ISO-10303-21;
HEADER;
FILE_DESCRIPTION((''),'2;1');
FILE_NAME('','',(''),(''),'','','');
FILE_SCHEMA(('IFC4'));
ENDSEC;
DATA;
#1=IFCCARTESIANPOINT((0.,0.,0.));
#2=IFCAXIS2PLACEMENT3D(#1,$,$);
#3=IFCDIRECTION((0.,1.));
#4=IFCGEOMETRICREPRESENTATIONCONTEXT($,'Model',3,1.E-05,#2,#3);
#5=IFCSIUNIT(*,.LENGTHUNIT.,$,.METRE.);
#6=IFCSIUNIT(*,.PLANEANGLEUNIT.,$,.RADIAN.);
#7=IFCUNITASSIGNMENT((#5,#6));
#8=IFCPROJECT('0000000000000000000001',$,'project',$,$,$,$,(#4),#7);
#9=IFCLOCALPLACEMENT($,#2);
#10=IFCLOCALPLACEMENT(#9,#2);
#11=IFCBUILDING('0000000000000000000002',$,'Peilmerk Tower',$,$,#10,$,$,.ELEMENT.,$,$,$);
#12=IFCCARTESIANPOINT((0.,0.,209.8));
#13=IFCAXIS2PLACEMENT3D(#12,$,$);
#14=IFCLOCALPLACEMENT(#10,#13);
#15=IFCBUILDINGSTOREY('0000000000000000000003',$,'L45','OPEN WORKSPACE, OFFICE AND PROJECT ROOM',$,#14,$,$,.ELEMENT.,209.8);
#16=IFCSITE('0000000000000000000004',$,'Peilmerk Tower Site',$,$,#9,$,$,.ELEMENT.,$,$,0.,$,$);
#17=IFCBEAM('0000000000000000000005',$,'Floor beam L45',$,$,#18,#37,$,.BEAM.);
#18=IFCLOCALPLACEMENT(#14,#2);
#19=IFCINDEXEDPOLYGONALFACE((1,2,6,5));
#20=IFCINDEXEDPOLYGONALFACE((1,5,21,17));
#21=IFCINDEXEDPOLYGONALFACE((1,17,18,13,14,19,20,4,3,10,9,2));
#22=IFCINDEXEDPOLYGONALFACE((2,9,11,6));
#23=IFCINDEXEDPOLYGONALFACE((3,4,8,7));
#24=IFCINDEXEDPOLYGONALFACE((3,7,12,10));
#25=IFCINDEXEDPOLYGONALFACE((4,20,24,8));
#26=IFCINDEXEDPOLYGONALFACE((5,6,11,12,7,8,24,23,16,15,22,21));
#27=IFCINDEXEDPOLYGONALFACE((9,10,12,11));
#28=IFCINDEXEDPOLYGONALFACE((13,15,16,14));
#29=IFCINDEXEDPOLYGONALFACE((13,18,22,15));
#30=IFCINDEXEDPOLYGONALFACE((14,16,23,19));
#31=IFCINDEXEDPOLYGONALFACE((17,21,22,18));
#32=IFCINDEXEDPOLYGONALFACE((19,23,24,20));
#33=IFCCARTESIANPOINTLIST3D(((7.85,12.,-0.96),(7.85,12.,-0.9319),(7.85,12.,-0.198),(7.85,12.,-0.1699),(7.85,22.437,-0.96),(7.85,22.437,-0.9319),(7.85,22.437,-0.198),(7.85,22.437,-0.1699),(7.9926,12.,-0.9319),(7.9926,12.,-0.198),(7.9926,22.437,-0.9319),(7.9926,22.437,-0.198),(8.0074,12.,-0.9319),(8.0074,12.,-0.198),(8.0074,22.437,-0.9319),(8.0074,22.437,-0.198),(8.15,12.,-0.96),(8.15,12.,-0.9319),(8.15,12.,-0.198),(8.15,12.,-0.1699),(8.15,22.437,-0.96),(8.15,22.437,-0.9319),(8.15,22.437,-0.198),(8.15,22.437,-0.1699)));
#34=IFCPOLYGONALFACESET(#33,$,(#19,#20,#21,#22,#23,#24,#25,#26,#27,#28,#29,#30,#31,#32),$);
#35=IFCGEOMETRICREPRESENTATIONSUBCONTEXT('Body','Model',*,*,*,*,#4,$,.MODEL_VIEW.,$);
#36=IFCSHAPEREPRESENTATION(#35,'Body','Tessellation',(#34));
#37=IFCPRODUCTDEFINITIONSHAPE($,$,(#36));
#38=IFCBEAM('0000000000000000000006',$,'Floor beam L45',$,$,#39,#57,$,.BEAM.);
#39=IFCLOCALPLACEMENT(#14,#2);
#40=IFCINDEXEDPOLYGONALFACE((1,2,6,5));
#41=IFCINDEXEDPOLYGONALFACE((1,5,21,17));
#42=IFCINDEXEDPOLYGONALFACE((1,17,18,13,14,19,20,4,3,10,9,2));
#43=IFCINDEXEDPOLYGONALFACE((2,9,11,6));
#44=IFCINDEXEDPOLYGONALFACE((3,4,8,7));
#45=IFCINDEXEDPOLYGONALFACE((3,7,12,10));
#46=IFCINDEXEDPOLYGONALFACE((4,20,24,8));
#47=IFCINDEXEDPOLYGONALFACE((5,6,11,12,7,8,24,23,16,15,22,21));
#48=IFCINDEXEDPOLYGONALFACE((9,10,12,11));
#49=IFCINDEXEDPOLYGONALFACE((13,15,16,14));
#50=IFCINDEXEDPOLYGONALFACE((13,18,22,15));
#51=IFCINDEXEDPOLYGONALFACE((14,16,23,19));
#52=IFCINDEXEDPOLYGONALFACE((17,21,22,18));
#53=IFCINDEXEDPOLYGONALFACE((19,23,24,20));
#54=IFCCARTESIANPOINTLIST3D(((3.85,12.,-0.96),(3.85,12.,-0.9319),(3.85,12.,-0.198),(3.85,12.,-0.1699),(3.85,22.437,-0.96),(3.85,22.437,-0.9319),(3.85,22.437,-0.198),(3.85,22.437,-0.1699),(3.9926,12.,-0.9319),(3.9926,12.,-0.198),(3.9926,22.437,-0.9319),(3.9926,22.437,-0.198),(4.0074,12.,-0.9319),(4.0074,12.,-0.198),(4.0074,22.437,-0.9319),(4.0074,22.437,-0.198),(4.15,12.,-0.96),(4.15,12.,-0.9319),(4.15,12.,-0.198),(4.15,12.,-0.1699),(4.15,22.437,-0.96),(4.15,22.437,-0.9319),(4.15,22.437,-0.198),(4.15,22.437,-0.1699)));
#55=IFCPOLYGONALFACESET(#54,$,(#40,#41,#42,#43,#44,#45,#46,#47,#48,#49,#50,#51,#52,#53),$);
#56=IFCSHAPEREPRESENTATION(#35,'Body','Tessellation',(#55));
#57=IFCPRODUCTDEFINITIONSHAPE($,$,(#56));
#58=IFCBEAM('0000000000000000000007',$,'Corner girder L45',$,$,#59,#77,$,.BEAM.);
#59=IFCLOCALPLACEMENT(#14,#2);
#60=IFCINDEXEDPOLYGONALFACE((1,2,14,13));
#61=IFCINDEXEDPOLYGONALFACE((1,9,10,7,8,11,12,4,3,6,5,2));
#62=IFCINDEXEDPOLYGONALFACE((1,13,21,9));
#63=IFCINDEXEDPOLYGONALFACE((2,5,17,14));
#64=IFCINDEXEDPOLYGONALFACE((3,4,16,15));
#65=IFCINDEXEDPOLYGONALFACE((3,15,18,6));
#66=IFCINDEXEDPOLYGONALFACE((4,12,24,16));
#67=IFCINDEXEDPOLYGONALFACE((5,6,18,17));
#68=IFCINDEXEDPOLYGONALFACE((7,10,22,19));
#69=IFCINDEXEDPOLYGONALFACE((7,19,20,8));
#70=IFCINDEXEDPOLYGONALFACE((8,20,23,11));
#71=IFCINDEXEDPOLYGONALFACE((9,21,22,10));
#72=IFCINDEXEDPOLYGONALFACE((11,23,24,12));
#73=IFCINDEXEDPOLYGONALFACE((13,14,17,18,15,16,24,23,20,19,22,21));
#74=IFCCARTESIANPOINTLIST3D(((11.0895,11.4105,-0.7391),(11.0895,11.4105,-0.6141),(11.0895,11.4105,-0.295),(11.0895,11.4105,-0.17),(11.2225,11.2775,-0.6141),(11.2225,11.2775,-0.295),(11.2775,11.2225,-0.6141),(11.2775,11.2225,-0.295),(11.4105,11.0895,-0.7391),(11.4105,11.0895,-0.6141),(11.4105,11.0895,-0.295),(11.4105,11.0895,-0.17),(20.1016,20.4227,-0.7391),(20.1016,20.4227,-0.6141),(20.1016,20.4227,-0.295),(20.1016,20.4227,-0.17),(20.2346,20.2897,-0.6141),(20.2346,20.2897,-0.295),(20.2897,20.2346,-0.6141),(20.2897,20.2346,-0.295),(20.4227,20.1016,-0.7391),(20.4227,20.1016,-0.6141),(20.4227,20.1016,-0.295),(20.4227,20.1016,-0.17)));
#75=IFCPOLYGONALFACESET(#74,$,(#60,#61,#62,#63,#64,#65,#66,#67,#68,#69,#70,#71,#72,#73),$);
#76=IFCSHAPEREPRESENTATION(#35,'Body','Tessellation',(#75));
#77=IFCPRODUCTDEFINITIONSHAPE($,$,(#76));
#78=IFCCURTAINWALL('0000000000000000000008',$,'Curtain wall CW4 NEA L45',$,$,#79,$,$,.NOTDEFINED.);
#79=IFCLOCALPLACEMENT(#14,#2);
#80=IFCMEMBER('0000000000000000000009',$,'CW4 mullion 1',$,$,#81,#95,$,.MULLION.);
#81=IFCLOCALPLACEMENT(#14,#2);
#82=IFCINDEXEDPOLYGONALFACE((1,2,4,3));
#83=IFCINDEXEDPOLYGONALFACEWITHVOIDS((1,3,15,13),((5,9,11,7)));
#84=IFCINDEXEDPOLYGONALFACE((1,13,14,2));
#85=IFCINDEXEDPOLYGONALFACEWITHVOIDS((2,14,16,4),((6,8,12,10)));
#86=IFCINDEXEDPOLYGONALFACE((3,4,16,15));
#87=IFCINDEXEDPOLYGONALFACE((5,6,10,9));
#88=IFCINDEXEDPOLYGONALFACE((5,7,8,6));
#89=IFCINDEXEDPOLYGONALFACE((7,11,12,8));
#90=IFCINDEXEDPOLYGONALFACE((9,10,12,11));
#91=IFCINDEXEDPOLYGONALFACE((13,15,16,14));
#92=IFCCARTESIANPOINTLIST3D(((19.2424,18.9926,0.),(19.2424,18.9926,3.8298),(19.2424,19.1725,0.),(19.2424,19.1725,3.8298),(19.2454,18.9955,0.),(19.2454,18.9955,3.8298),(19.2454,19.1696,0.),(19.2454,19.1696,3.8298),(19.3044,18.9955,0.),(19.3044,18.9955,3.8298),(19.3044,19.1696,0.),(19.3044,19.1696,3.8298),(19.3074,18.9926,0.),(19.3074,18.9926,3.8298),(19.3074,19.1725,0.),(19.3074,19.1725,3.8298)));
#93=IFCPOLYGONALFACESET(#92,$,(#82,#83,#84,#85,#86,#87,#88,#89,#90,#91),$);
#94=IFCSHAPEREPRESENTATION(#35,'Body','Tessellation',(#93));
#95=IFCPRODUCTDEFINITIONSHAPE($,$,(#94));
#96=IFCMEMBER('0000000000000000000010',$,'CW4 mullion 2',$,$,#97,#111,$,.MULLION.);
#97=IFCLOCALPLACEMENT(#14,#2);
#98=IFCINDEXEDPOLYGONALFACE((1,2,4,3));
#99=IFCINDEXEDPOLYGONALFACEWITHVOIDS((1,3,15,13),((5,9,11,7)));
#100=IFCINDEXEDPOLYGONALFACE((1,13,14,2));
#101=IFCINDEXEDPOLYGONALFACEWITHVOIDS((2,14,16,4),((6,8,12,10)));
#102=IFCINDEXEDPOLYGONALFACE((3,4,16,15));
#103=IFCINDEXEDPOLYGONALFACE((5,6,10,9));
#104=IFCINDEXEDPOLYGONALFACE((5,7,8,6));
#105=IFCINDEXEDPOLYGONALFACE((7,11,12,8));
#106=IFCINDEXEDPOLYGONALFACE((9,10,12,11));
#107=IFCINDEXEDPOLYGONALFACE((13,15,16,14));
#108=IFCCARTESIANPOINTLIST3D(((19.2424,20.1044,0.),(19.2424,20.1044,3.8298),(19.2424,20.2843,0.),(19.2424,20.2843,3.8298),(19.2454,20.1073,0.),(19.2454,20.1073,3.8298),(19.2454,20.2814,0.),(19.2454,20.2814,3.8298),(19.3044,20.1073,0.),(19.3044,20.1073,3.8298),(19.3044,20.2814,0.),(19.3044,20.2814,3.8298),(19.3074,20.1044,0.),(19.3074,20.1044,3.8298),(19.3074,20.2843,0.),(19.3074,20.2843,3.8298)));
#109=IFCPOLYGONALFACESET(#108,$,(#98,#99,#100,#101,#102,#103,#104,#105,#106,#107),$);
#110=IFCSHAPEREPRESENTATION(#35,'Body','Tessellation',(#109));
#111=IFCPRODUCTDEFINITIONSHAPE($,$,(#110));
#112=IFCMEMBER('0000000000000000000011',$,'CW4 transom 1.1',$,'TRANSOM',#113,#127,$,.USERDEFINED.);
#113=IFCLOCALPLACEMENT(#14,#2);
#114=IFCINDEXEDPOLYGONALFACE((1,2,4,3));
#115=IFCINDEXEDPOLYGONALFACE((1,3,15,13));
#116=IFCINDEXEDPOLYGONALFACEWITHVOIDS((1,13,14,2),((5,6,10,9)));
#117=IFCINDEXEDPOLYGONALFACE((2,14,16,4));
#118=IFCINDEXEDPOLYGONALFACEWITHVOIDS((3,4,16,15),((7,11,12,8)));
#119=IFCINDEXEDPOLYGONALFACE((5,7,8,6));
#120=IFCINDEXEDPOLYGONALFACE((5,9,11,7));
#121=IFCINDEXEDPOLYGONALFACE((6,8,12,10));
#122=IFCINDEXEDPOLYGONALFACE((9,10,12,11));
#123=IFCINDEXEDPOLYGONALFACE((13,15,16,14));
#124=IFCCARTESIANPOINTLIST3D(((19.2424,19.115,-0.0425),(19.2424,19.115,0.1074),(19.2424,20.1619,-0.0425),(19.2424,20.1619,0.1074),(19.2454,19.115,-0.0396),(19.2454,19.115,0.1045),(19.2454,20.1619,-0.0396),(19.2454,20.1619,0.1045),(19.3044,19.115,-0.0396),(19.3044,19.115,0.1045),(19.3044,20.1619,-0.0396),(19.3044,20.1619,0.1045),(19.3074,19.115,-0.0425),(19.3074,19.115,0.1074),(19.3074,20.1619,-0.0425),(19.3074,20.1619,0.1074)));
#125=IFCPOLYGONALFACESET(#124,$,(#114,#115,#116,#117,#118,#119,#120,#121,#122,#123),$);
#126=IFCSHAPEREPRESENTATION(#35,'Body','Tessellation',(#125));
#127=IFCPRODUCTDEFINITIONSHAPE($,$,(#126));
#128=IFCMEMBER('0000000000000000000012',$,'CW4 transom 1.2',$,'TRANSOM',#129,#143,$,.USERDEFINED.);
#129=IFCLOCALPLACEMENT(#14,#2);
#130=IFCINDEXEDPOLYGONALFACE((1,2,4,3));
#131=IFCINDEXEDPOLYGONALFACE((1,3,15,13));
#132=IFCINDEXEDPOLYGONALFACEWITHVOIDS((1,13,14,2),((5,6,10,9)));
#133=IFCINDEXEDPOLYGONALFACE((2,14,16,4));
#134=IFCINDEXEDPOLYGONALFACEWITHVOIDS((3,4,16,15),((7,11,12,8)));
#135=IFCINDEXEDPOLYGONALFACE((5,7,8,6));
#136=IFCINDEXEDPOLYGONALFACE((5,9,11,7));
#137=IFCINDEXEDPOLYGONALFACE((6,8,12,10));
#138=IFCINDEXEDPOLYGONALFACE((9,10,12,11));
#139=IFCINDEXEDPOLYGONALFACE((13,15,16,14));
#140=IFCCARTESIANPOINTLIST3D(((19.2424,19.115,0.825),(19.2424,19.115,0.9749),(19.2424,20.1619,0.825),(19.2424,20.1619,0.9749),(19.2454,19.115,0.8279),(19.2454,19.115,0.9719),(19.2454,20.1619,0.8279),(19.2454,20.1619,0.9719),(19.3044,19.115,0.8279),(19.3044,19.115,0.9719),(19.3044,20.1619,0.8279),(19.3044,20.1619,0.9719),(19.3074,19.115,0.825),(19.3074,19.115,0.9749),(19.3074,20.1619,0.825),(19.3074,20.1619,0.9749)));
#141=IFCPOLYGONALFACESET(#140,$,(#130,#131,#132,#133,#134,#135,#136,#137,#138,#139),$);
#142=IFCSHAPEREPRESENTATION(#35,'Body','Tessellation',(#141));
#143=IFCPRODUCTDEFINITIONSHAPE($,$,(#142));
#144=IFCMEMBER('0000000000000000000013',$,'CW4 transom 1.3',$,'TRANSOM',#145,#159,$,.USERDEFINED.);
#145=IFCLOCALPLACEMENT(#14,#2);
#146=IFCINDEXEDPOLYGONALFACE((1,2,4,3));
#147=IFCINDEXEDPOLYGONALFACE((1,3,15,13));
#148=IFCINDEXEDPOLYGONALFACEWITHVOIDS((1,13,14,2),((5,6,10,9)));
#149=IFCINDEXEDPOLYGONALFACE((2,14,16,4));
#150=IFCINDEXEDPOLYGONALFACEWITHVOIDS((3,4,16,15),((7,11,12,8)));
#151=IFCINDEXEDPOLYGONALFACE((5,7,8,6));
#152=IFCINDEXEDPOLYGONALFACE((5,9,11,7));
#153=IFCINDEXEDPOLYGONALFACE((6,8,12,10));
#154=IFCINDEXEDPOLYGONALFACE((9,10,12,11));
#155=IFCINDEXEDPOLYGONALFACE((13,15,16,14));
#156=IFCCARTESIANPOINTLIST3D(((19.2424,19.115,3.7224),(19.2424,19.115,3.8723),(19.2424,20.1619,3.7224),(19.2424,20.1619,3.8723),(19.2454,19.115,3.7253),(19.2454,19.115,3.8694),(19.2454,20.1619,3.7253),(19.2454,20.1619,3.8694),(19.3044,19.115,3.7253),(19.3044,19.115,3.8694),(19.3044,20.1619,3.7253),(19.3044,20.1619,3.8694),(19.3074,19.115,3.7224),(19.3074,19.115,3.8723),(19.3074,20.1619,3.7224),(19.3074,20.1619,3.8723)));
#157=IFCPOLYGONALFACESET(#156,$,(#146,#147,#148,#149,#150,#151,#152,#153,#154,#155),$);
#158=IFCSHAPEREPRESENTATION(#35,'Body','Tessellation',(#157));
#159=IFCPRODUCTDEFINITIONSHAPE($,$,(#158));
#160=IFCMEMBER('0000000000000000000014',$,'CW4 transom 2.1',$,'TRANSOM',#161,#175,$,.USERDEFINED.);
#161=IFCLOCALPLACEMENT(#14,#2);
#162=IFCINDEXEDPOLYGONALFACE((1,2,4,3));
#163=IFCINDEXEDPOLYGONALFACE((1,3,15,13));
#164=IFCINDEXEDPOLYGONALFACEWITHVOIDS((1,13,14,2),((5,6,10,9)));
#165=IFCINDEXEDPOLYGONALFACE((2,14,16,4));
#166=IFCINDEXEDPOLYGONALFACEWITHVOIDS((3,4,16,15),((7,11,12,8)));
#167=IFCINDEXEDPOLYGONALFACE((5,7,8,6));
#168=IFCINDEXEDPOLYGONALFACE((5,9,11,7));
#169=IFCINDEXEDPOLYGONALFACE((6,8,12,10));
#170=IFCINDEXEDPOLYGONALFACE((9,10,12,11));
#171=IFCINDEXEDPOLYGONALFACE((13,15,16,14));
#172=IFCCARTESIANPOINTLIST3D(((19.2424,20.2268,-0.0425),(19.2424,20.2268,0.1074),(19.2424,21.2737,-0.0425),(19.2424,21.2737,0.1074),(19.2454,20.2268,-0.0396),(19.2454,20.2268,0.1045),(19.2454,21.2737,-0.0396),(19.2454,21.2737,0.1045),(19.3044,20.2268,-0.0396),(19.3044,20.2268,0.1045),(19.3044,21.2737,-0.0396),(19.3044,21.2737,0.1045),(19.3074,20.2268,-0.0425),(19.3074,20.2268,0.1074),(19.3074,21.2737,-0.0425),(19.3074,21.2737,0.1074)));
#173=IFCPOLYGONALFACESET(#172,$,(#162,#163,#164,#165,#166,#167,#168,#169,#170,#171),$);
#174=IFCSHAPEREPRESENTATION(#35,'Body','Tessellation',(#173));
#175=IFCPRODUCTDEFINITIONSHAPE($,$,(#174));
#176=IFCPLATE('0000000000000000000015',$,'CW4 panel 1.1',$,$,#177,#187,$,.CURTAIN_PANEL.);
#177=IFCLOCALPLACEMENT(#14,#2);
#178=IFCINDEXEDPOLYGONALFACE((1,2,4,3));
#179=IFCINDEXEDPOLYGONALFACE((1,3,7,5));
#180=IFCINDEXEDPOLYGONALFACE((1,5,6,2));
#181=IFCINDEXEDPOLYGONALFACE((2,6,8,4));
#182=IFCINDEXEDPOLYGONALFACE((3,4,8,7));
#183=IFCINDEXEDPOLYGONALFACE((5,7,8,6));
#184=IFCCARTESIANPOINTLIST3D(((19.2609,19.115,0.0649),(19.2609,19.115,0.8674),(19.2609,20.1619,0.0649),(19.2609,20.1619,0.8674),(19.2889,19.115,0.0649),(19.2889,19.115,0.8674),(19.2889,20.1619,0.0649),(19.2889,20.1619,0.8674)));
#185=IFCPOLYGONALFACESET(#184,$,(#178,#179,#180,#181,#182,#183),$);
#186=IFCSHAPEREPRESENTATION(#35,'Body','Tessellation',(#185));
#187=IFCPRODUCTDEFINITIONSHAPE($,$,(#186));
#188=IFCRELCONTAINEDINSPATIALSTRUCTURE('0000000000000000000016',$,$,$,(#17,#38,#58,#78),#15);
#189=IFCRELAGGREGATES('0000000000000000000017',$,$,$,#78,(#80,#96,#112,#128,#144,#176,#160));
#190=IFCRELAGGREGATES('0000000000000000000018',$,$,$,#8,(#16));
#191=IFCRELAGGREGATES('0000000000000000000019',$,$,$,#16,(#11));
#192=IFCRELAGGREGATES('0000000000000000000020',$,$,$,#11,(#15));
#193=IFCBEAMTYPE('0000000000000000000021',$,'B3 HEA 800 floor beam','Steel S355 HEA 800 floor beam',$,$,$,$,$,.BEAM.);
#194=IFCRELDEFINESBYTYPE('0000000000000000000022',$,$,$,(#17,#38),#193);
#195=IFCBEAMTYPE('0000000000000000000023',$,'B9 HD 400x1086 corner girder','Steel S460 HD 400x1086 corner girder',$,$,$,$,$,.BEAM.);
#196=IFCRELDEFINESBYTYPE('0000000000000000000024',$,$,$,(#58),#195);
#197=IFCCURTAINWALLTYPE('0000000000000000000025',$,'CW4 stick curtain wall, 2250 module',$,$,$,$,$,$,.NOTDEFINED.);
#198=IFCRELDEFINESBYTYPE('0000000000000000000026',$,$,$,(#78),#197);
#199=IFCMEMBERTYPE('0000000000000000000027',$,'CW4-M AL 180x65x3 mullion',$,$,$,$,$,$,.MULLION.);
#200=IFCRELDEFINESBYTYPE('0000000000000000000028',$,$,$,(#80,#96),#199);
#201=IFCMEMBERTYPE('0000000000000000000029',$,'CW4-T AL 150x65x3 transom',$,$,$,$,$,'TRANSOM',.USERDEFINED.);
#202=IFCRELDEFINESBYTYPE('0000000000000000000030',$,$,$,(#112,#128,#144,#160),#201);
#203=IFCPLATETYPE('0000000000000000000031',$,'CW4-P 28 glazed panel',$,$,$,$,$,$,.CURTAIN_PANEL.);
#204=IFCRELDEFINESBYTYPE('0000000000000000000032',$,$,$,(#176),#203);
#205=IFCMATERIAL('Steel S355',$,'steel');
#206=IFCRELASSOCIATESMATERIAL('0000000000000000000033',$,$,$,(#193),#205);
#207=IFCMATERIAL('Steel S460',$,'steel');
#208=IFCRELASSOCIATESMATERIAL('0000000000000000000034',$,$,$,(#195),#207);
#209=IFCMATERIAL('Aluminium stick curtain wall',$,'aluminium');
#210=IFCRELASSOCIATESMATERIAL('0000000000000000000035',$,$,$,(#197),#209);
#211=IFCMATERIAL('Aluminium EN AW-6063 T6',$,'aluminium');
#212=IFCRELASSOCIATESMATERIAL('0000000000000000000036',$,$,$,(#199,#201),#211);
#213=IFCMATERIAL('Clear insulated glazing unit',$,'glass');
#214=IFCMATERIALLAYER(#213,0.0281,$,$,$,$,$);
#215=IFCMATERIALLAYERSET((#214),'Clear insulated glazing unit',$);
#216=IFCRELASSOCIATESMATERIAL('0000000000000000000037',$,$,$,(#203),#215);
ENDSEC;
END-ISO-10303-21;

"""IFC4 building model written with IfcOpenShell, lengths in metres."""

from ifc_helpers import new_model, si_unit, direction, frame, origin, origin_2d, place, context, subcontext, project, spatial, rectangle, hollow_rectangle, i_section, extrude, material, layer, layer_set, material_profile, profile_set, type_object, element, aggregate, save


model = new_model("IFC4")

# Units and contexts
model_context = context("Model", 3, precision=1e-05, world=origin(), true_north=direction((0.0, 1.0)))
body_context = subcontext(model_context, "Body", "Model", "MODEL_VIEW")
ifc_project = project(units=[si_unit("LENGTHUNIT", "METRE"), si_unit("PLANEANGLEUNIT", "RADIAN")], contexts=[model_context])

# Site, building, storey
site_placement = place(None, origin())
site = spatial("IfcSite", under=ifc_project, at=site_placement, Name="Peilmerk Tower Site", CompositionType="ELEMENT", RefElevation=0.0)
building_placement = place(site_placement, origin())
building = spatial("IfcBuilding", under=site, at=building_placement, Name="Peilmerk Tower", CompositionType="ELEMENT")
storey_placement = place(building_placement, frame((0.0, 0.0, 209.8)))
storey = spatial("IfcBuildingStorey", under=building, at=storey_placement, Name="L45", Description="OPEN WORKSPACE, OFFICE AND PROJECT ROOM", CompositionType="ELEMENT", Elevation=209.8)

# Shared definitions
ifc_material_1 = material(Name="Steel S460", Category="steel")

# Beams
ifc_material_2 = material(Name="Steel S355", Category="steel")
ifc_material_profile_1 = material_profile(ifc_material_2, i_section(OverallWidth=0.3, OverallDepth=0.79, WebThickness=0.0149, FlangeThickness=0.0281, at=origin_2d()), Name="HEA 800")
ifc_profile_set_1 = profile_set([ifc_material_profile_1], Name="Steel S355")
beam_type_1 = type_object("IfcBeamType", Name="B3 HEA 800 floor beam", Description="Steel S355 HEA 800 floor beam", PredefinedType="BEAM", material=ifc_profile_set_1)
for number, where, z_axis, x_axis, name in (
    (1, (8.0, 12.0, -0.5649), (0.0, 1.0, 0.0), (-1.0, 0.0, 0.0), "Floor beam L45"),
    (2, (4.0, 12.0, -0.5649), (0.0, 1.0, 0.0), (-1.0, 0.0, 0.0), "Floor beam L45"),
):
    element("IfcBeam", number, at=place(storey_placement, frame(where, z_axis=z_axis, x_axis=x_axis)), inside=storey, type_object=beam_type_1, Name=name, PredefinedType="BEAM", context=body_context, shape_type="SweptSolid", body=[
        extrude(i_section(OverallWidth=0.3, OverallDepth=0.79, WebThickness=0.0149, FlangeThickness=0.0281, at=origin_2d()), origin(), (0.0, 0.0, 1.0), 10.437),
    ])
ifc_material_profile_2 = material_profile(ifc_material_1, i_section(OverallWidth=0.4541, OverallDepth=0.5691, WebThickness=0.0779, FlangeThickness=0.125, at=origin_2d()), Name="HD 400x1086")
ifc_profile_set_2 = profile_set([ifc_material_profile_2], Name="Steel S460")
beam_type_2 = type_object("IfcBeamType", Name="B9 HD 400x1086 corner girder", Description="Steel S460 HD 400x1086 corner girder", PredefinedType="BEAM", material=ifc_profile_set_2)
beam_1_placement = place(storey_placement, frame((11.25, 11.25, -0.4546), z_axis=(0.707107, 0.707107, 0.0), x_axis=(-0.707107, 0.707107, 0.0)))
element("IfcBeam", 3, at=beam_1_placement, inside=storey, type_object=beam_type_2, Name="Corner girder L45", PredefinedType="BEAM", context=body_context, shape_type="SweptSolid", body=[
    extrude(i_section(OverallWidth=0.4541, OverallDepth=0.5691, WebThickness=0.0779, FlangeThickness=0.125, at=origin_2d()), origin(), (0.0, 0.0, 1.0), 12.7451),
])

# Curtain wall, members, plate
ifc_material_3 = material(Name="Aluminium stick curtain wall", Category="aluminium")
curtain_wall_type = type_object("IfcCurtainWallType", Name="CW4 stick curtain wall, 2250 module", PredefinedType="NOTDEFINED", material=ifc_material_3)
curtain_wall_placement = place(storey_placement, origin())
curtain_wall = element("IfcCurtainWall", 4, at=curtain_wall_placement, inside=storey, type_object=curtain_wall_type, Name="Curtain wall CW4 NEA L45", PredefinedType="NOTDEFINED")
ifc_material_4 = material(Name="Aluminium EN AW-6063 T6", Category="aluminium")
ifc_material_profile_3 = material_profile(ifc_material_4, hollow_rectangle(XDim=0.0649, YDim=0.1799, WallThickness=0.0029, at=origin_2d()), Name="AL 180x65x3")
ifc_profile_set_3 = profile_set([ifc_material_profile_3], Name="Aluminium EN AW-6063 T6")
member_type_1 = type_object("IfcMemberType", Name="CW4-M AL 180x65x3 mullion", PredefinedType="MULLION", material=ifc_profile_set_3)
member_1_placement = place(storey_placement, frame((19.2749, 19.0825, 0.0), z_axis=(0.0, 0.0, 1.0), x_axis=(-1.0, 0.0, 0.0)))
member_1 = element("IfcMember", 5, at=member_1_placement, type_object=member_type_1, Name="CW4 mullion 1", PredefinedType="MULLION", context=body_context, shape_type="SweptSolid", body=[
    extrude(hollow_rectangle(XDim=0.0649, YDim=0.1799, WallThickness=0.0029, at=origin_2d()), origin(), (0.0, 0.0, 1.0), 3.8298),
])
member_2_placement = place(storey_placement, frame((19.2749, 20.1943, 0.0), z_axis=(0.0, 0.0, 1.0), x_axis=(-1.0, 0.0, 0.0)))
member_2 = element("IfcMember", 6, at=member_2_placement, type_object=member_type_1, Name="CW4 mullion 2", PredefinedType="MULLION", context=body_context, shape_type="SweptSolid", body=[
    extrude(hollow_rectangle(XDim=0.0649, YDim=0.1799, WallThickness=0.0029, at=origin_2d()), origin(), (0.0, 0.0, 1.0), 3.8298),
])
ifc_material_profile_4 = material_profile(ifc_material_4, hollow_rectangle(XDim=0.0649, YDim=0.1499, WallThickness=0.0029, at=origin_2d()), Name="AL 150x65x3")
ifc_profile_set_4 = profile_set([ifc_material_profile_4], Name="Aluminium EN AW-6063 T6")
member_type_2 = type_object("IfcMemberType", Name="CW4-T AL 150x65x3 transom", ElementType="TRANSOM", PredefinedType="USERDEFINED", material=ifc_profile_set_4)
member_3_placement = place(storey_placement, frame((19.2749, 19.115, 0.0325), z_axis=(0.0, 1.0, 0.0), x_axis=(-1.0, 0.0, 0.0)))
member_3 = element("IfcMember", 7, at=member_3_placement, type_object=member_type_2, Name="CW4 transom 1.1", ObjectType="TRANSOM", PredefinedType="USERDEFINED", context=body_context, shape_type="SweptSolid", body=[
    extrude(hollow_rectangle(XDim=0.0649, YDim=0.1499, WallThickness=0.0029, at=origin_2d()), origin(), (0.0, 0.0, 1.0), 1.0469),
])
member_4_placement = place(storey_placement, frame((19.2749, 19.115, 0.8999), z_axis=(0.0, 1.0, 0.0), x_axis=(-1.0, 0.0, 0.0)))
member_4 = element("IfcMember", 8, at=member_4_placement, type_object=member_type_2, Name="CW4 transom 1.2", ObjectType="TRANSOM", PredefinedType="USERDEFINED", context=body_context, shape_type="SweptSolid", body=[
    extrude(hollow_rectangle(XDim=0.0649, YDim=0.1499, WallThickness=0.0029, at=origin_2d()), origin(), (0.0, 0.0, 1.0), 1.0469),
])
member_5_placement = place(storey_placement, frame((19.2749, 19.115, 3.7974), z_axis=(0.0, 1.0, 0.0), x_axis=(-1.0, 0.0, 0.0)))
member_5 = element("IfcMember", 9, at=member_5_placement, type_object=member_type_2, Name="CW4 transom 1.3", ObjectType="TRANSOM", PredefinedType="USERDEFINED", context=body_context, shape_type="SweptSolid", body=[
    extrude(hollow_rectangle(XDim=0.0649, YDim=0.1499, WallThickness=0.0029, at=origin_2d()), origin(), (0.0, 0.0, 1.0), 1.0469),
])
member_6_placement = place(storey_placement, frame((19.2749, 20.2268, 0.0325), z_axis=(0.0, 1.0, 0.0), x_axis=(-1.0, 0.0, 0.0)))
member_6 = element("IfcMember", 10, at=member_6_placement, type_object=member_type_2, Name="CW4 transom 2.1", ObjectType="TRANSOM", PredefinedType="USERDEFINED", context=body_context, shape_type="SweptSolid", body=[
    extrude(hollow_rectangle(XDim=0.0649, YDim=0.1499, WallThickness=0.0029, at=origin_2d()), origin(), (0.0, 0.0, 1.0), 1.0469),
])
ifc_material_5 = material(Name="Clear insulated glazing unit", Category="glass")
ifc_layer_1 = layer(ifc_material_5, 0.0281)
ifc_layer_set_1 = layer_set([ifc_layer_1], Name="Clear insulated glazing unit")
plate_type = type_object("IfcPlateType", Name="CW4-P 28 glazed panel", PredefinedType="CURTAIN_PANEL", material=ifc_layer_set_1)
plate_1_placement = place(storey_placement, frame((19.2749, 19.6384, 0.0649), z_axis=(0.0, 0.0, 1.0), x_axis=(0.0, 1.0, 0.0)))
plate_1 = element("IfcPlate", 11, at=plate_1_placement, type_object=plate_type, Name="CW4 panel 1.1", PredefinedType="CURTAIN_PANEL", context=body_context, shape_type="SweptSolid", body=[
    extrude(rectangle(XDim=1.0469, YDim=0.0281, at=origin_2d()), origin(), (0.0, 0.0, 1.0), 0.8025),
])
aggregate(curtain_wall, [member_1, member_2, member_3, member_4, member_5, plate_1, member_6])

save(model, "model.ifc")
